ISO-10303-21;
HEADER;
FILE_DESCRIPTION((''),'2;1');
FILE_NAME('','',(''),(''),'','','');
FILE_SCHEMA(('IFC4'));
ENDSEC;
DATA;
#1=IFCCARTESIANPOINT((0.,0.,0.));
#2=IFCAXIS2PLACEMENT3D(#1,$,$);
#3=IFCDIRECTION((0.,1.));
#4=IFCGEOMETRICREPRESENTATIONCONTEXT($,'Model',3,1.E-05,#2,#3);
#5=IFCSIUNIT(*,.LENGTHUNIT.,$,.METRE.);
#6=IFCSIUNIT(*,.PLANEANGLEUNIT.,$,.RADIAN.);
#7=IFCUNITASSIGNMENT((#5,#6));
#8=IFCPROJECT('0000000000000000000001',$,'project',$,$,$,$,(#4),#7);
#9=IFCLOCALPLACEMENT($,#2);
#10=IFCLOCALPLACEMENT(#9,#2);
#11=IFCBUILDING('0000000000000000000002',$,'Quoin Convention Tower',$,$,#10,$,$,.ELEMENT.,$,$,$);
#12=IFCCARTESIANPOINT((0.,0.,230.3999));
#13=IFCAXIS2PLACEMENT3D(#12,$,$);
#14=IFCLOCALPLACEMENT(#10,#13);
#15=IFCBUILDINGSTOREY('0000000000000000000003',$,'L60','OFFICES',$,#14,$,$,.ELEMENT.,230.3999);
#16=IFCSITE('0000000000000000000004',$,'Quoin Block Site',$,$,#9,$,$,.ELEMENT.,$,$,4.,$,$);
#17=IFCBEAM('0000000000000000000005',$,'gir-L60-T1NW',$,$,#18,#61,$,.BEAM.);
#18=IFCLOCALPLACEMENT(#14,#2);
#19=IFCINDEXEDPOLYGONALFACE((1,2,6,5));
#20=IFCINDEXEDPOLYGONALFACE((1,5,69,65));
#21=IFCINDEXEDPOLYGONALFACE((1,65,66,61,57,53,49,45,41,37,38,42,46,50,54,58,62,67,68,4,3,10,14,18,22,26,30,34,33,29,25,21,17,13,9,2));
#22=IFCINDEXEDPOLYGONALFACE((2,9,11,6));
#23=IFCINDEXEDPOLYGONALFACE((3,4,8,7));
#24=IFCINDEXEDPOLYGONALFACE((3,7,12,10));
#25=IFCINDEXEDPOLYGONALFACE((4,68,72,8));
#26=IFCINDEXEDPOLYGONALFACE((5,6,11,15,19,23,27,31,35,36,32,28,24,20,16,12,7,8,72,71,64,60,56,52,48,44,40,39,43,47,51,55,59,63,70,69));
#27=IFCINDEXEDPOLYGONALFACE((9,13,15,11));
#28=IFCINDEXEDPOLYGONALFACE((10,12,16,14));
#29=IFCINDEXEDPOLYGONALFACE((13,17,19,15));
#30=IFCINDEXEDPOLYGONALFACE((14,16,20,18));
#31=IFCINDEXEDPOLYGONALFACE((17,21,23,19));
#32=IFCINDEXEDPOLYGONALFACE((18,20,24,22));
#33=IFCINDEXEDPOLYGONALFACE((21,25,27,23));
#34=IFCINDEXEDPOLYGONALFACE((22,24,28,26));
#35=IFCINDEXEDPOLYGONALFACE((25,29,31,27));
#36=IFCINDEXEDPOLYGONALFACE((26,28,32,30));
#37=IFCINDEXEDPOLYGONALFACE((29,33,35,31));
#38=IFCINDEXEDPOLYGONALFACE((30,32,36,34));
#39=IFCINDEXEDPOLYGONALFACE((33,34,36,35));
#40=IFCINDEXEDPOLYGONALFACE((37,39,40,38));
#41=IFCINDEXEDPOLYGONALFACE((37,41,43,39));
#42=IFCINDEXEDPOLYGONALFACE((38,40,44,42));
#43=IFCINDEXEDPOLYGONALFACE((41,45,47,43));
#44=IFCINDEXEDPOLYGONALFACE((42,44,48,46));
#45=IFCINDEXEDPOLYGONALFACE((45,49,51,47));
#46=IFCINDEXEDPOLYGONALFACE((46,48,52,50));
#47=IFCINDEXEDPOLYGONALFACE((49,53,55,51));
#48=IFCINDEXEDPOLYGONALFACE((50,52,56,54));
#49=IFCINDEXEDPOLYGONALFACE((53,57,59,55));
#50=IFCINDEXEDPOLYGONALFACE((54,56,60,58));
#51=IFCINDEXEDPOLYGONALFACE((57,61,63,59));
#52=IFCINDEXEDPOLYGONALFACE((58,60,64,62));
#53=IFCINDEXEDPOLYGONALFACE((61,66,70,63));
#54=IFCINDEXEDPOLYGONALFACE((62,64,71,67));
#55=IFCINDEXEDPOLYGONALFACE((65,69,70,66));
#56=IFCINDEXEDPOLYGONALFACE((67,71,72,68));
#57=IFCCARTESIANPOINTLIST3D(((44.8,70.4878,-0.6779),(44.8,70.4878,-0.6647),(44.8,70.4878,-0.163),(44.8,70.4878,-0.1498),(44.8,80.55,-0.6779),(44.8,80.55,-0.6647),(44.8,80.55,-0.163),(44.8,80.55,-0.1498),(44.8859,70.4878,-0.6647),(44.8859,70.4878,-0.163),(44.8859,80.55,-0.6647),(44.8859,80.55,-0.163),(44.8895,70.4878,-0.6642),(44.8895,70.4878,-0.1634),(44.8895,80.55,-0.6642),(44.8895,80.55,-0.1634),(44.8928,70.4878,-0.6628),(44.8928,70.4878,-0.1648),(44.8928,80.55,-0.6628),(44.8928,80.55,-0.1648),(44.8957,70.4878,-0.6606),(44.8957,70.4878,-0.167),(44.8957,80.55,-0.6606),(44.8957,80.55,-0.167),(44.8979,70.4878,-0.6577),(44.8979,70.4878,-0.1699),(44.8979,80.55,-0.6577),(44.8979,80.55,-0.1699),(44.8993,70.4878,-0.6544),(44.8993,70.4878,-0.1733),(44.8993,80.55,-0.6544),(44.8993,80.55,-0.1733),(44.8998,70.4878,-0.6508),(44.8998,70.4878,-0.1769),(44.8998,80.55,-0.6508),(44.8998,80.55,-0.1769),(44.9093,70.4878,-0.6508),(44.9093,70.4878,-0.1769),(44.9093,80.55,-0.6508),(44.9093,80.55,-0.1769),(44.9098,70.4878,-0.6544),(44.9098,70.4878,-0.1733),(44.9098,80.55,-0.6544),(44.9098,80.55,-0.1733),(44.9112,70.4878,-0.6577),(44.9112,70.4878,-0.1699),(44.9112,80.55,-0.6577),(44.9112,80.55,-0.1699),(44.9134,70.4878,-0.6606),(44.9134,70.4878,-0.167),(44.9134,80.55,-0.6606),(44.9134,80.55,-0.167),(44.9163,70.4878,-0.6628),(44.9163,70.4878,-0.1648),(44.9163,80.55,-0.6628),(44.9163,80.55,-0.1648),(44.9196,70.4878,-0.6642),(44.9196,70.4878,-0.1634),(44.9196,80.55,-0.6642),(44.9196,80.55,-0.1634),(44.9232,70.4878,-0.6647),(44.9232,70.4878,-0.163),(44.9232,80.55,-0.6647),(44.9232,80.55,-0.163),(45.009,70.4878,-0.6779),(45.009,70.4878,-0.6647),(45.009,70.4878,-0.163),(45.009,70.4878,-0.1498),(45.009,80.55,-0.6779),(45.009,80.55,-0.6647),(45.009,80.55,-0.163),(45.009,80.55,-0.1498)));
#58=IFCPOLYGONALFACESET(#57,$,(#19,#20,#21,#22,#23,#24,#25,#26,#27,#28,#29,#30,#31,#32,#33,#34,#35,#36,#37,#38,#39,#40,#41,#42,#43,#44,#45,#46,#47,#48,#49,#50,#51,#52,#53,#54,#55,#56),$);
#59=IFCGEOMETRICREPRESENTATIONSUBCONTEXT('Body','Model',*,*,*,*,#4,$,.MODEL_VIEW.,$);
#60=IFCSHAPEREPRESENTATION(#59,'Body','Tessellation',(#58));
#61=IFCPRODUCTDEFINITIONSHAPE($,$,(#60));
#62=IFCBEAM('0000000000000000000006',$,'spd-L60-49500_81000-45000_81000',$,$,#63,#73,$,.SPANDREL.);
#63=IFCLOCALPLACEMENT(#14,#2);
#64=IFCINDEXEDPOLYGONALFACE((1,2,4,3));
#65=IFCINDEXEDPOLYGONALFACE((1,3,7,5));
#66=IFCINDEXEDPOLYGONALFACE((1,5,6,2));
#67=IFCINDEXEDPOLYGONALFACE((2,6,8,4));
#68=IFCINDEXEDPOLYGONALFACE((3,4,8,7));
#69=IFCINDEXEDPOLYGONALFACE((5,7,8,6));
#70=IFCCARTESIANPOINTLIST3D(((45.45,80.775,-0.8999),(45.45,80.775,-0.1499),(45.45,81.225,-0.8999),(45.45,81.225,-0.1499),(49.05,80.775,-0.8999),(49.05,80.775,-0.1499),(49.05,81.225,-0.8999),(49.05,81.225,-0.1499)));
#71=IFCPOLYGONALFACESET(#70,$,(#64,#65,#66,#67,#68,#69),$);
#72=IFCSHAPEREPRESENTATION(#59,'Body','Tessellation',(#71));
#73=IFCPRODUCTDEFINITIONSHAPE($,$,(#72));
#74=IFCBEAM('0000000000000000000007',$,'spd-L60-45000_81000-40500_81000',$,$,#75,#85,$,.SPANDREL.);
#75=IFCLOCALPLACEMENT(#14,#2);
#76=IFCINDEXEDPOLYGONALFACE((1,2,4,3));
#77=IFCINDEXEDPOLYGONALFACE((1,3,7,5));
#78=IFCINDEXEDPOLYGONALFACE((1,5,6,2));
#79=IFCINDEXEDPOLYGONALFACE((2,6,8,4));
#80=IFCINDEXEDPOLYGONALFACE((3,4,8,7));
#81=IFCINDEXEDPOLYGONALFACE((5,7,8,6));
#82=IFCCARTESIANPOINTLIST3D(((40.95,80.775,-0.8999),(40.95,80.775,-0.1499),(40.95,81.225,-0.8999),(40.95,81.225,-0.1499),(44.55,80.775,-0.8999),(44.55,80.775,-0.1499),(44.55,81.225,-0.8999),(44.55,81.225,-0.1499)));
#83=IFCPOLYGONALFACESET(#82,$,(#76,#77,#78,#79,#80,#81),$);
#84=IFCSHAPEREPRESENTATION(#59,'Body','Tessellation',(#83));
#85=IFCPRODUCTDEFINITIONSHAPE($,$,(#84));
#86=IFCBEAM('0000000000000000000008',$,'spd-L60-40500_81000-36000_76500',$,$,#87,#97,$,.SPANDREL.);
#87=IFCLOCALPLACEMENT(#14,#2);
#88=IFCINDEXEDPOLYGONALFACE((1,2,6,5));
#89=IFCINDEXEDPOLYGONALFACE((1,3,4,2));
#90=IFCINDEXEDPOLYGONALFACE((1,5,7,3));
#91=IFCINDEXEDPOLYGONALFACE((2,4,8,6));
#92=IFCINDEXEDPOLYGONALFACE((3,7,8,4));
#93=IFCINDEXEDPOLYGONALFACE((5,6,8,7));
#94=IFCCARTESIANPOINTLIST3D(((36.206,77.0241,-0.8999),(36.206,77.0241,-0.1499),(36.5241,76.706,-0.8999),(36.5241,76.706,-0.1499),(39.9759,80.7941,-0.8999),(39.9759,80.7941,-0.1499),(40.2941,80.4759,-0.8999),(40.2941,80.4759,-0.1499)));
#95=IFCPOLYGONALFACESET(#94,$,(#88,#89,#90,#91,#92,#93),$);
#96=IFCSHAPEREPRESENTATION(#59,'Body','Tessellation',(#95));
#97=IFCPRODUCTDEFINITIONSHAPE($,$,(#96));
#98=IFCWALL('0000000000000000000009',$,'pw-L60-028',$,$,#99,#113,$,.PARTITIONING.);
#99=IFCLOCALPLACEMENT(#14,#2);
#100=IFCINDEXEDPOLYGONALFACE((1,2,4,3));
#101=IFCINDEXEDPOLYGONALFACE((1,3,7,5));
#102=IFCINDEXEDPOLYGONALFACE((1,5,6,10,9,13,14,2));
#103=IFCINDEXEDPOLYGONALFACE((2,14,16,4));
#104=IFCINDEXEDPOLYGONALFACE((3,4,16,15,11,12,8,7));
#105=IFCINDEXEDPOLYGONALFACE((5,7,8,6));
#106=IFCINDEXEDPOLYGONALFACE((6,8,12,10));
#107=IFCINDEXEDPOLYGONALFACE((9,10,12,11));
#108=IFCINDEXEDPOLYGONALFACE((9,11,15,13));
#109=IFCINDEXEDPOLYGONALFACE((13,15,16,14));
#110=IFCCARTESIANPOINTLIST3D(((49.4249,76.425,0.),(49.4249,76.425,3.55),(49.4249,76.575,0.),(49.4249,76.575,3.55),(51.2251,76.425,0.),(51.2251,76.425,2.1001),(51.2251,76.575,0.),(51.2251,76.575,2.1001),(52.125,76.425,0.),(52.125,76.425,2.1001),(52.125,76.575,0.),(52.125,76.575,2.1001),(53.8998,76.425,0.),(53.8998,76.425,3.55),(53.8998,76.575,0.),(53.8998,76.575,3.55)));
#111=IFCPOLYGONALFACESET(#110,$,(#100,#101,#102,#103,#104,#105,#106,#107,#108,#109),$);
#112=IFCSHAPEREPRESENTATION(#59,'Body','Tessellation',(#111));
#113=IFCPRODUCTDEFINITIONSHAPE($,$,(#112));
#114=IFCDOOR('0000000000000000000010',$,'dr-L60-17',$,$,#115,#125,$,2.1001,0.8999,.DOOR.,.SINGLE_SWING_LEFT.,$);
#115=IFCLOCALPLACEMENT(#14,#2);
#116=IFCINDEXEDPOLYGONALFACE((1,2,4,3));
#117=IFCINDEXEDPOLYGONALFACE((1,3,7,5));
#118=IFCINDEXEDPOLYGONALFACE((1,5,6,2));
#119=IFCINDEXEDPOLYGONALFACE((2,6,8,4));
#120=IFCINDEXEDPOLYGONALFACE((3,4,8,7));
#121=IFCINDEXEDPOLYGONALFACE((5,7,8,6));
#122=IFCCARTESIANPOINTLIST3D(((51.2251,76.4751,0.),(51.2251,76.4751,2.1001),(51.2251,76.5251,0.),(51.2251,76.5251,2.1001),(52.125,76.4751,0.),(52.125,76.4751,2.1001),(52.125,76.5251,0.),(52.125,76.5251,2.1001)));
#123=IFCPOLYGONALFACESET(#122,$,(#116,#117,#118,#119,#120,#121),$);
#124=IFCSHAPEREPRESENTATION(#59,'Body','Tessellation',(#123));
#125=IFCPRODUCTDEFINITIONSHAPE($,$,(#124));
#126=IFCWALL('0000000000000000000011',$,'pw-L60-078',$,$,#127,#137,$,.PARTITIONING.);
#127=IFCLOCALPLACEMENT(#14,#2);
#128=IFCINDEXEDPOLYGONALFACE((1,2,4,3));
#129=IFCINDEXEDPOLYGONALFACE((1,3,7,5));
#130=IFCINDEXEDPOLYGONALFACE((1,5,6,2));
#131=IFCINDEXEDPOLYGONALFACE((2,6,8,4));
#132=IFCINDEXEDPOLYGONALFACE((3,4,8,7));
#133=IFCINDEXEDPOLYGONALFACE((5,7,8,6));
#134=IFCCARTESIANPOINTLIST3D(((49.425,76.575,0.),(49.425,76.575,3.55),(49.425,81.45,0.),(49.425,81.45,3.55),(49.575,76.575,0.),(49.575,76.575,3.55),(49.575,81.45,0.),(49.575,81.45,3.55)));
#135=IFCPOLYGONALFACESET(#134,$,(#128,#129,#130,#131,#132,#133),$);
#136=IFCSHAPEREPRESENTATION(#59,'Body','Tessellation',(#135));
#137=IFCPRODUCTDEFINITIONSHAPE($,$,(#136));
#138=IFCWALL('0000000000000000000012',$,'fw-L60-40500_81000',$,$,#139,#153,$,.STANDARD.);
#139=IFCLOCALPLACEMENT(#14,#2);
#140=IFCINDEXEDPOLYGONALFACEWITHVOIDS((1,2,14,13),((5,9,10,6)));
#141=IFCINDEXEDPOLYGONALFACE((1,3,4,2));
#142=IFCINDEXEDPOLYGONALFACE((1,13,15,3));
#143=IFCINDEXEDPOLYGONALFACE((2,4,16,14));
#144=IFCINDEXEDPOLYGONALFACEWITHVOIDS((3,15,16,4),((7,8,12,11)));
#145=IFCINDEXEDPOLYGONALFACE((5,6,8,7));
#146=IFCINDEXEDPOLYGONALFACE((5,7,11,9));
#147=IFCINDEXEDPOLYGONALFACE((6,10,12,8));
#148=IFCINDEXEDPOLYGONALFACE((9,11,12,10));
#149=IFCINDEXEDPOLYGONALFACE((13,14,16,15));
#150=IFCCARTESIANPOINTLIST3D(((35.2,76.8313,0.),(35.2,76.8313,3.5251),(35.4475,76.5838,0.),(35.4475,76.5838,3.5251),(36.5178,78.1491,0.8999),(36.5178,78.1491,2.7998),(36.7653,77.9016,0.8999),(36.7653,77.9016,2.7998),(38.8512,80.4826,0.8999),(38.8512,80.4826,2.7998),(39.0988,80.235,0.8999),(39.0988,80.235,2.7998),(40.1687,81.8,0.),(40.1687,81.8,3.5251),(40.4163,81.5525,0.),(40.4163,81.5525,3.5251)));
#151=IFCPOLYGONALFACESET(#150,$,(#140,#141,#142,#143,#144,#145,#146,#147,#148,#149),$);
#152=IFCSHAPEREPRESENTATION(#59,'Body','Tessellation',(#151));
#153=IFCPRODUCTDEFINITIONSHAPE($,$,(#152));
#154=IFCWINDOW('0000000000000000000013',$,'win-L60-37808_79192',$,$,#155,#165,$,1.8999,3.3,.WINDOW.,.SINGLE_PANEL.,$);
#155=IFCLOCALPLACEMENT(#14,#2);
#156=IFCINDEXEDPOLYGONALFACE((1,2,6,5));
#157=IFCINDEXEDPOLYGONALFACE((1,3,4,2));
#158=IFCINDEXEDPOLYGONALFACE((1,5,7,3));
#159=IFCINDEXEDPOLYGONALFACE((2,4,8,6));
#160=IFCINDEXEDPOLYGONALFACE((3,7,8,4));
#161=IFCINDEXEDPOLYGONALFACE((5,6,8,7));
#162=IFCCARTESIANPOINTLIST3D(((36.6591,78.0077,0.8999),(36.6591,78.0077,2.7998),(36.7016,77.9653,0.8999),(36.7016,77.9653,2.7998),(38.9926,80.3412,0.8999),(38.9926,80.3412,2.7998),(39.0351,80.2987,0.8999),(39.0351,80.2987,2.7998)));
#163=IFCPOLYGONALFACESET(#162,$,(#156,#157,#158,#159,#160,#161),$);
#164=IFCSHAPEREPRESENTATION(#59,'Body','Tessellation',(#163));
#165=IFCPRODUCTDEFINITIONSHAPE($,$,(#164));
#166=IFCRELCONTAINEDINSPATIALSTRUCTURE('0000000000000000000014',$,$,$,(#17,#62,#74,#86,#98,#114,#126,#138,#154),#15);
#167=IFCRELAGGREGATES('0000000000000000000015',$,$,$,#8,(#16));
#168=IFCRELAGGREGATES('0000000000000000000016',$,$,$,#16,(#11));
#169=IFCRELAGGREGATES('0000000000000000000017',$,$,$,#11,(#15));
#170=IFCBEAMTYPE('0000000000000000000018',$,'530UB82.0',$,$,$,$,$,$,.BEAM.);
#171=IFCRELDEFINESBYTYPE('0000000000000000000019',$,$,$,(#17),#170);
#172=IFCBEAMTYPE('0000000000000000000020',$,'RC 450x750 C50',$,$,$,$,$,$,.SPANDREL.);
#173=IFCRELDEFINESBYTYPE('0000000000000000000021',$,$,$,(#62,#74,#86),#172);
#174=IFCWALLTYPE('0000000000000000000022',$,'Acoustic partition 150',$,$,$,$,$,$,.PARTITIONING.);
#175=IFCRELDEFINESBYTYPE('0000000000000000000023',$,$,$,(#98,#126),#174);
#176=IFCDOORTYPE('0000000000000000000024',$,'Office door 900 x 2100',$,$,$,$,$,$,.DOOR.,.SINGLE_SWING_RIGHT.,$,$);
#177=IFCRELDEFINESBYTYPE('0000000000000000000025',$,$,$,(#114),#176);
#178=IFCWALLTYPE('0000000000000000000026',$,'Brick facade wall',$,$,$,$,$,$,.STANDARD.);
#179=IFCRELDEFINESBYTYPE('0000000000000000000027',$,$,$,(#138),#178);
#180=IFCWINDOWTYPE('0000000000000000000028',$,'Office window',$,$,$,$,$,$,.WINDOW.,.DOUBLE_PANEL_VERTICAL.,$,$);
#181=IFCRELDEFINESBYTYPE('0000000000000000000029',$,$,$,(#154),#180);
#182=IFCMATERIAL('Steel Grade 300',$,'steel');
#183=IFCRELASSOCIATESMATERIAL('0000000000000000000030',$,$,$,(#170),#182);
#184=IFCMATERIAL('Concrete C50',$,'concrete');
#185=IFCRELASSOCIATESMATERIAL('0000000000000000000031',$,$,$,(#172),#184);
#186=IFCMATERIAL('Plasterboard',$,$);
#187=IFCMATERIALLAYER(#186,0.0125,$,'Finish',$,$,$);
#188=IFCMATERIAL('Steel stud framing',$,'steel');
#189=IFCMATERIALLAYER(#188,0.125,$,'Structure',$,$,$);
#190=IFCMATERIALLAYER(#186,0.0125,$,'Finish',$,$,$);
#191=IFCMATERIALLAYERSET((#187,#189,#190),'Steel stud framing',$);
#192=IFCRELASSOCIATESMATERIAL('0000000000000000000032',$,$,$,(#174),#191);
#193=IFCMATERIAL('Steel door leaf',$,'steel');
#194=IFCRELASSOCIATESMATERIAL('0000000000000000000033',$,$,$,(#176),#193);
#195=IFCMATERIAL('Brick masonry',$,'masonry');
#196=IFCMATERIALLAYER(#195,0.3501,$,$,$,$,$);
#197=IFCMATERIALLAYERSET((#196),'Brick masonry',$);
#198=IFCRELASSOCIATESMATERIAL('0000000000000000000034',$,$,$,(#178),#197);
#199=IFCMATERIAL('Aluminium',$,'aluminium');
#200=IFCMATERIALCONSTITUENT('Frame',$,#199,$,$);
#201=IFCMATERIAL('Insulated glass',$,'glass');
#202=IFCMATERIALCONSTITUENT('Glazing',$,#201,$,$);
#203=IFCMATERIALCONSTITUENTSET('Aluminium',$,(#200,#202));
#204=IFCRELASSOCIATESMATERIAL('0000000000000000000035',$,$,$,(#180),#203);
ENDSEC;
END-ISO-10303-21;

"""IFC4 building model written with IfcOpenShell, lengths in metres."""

from ifc_helpers import new_model, si_unit, direction, frame, frame_2d, origin, origin_2d, place, context, subcontext, project, spatial, rectangle, i_section, extrude, material, layer, layer_set, constituent, constituent_set, material_profile, profile_set, type_object, element, fill, save


model = new_model("IFC4")

# Units and contexts
model_context = context("Model", 3, precision=1e-05, world=origin(), true_north=direction((0.0, 1.0)))
body_context = subcontext(model_context, "Body", "Model", "MODEL_VIEW")
ifc_project = project(units=[si_unit("LENGTHUNIT", "METRE"), si_unit("PLANEANGLEUNIT", "RADIAN")], contexts=[model_context])

# Site, building, storey
site_placement = place(None, origin())
site = spatial("IfcSite", under=ifc_project, at=site_placement, Name="Quoin Block Site", CompositionType="ELEMENT", RefElevation=4.0)
building_placement = place(site_placement, origin())
building = spatial("IfcBuilding", under=site, at=building_placement, Name="Quoin Convention Tower", CompositionType="ELEMENT")
storey_placement = place(building_placement, frame((0.0, 0.0, 230.3999)))
storey = spatial("IfcBuildingStorey", under=building, at=storey_placement, Name="L60", Description="OFFICES", CompositionType="ELEMENT", Elevation=230.3999)

# Shared definitions
ifc_material_1 = material(Name="Concrete C50", Category="concrete")

# Beams
ifc_material_2 = material(Name="Steel Grade 300", Category="steel")
ifc_material_profile_1 = material_profile(ifc_material_2, i_section(OverallWidth=0.209, OverallDepth=0.5281, WebThickness=0.0095, FlangeThickness=0.0132, FilletRadius=0.0139, at=origin_2d()), Name="530UB82.0")
ifc_profile_set_1 = profile_set([ifc_material_profile_1], Name="Steel Grade 300")
beam_type_1 = type_object("IfcBeamType", Name="530UB82.0", PredefinedType="BEAM", material=ifc_profile_set_1)
beam_1_placement = place(storey_placement, frame((44.9045, 80.55, -0.4138), z_axis=(0.0, -1.0, 0.0), x_axis=(1.0, 0.0, 0.0)))
element("IfcBeam", 1, at=beam_1_placement, inside=storey, type_object=beam_type_1, Name="gir-L60-T1NW", PredefinedType="BEAM", context=body_context, shape_type="SweptSolid", body=[
    extrude(i_section(OverallWidth=0.209, OverallDepth=0.5281, WebThickness=0.0095, FlangeThickness=0.0132, FilletRadius=0.0139, at=origin_2d()), origin(), (0.0, 0.0, 1.0), 10.0623),
])
ifc_material_profile_2 = material_profile(ifc_material_1, rectangle(XDim=0.45, YDim=0.75, at=origin_2d()), Name="RC 450x750")
ifc_profile_set_2 = profile_set([ifc_material_profile_2], Name="Concrete C50")
beam_type_2 = type_object("IfcBeamType", Name="RC 450x750 C50", PredefinedType="SPANDREL", material=ifc_profile_set_2)
for number, where, z_axis, x_axis, name in (
    (2, (49.05, 81.0, -0.5249), (-1.0, 0.0, 0.0), (0.0, -1.0, 0.0), "spd-L60-49500_81000-45000_81000"),
    (3, (44.55, 81.0, -0.5249), (-1.0, 0.0, 0.0), (0.0, -1.0, 0.0), "spd-L60-45000_81000-40500_81000"),
):
    element("IfcBeam", number, at=place(storey_placement, frame(where, z_axis=z_axis, x_axis=x_axis)), inside=storey, type_object=beam_type_2, Name=name, PredefinedType="SPANDREL", context=body_context, shape_type="SweptSolid", body=[
        extrude(rectangle(XDim=0.45, YDim=0.75, at=origin_2d()), origin(), (0.0, 0.0, 1.0), 3.6001),
    ])
beam_2_placement = place(storey_placement, frame((40.135, 80.635, -0.5249), z_axis=(-0.707107, -0.707107, 0.0), x_axis=(0.707107, -0.707107, 0.0)))
element("IfcBeam", 4, at=beam_2_placement, inside=storey, type_object=beam_type_2, Name="spd-L60-40500_81000-36000_76500", PredefinedType="SPANDREL", context=body_context, shape_type="SweptSolid", body=[
    extrude(rectangle(XDim=0.45, YDim=0.75, at=origin_2d()), origin(), (0.0, 0.0, 1.0), 5.3315),
])

# Wall, opening, door
ifc_material_3 = material(Name="Plasterboard")
ifc_layer_1 = layer(ifc_material_3, 0.0125, Name="Finish")
ifc_material_4 = material(Name="Steel stud framing", Category="steel")
ifc_layer_2 = layer(ifc_material_4, 0.125, Name="Structure")
ifc_layer_3 = layer(ifc_material_3, 0.0125, Name="Finish")
ifc_layer_set_1 = layer_set([ifc_layer_1, ifc_layer_2, ifc_layer_3], Name="Steel stud framing")
wall_type_1 = type_object("IfcWallType", Name="Acoustic partition 150", PredefinedType="PARTITIONING", material=ifc_layer_set_1)
wall_1_placement = place(storey_placement, frame((49.425, 76.5, 0.0), z_axis=(0.0, 0.0, 1.0), x_axis=(1.0, 0.0, 0.0)))
wall_1 = element("IfcWall", 5, at=wall_1_placement, inside=storey, type_object=wall_type_1, Name="pw-L60-028", PredefinedType="PARTITIONING", context=body_context, shape_type="SweptSolid", body=[
    extrude(rectangle(XDim=4.4749, YDim=0.1499, at=frame_2d((2.2373, 0.0))), origin(), (0.0, 0.0, 1.0), 3.55),
])
opening_1_placement = place(wall_1_placement, frame((1.8, 0.0, 0.0)))
opening_1 = element("IfcOpeningElement", 6, at=opening_1_placement, cuts=wall_1, PredefinedType="OPENING", context=body_context, shape_type="SweptSolid", body=[
    extrude(rectangle(XDim=0.8999, YDim=2.1001, at=frame_2d((0.45, 1.05))), frame((0.0, 0.085, 0.0), z_axis=(0.0, -1.0, 0.0), x_axis=(1.0, 0.0, 0.0)), (0.0, 0.0, 1.0), 0.1699),
])
ifc_material_5 = material(Name="Steel door leaf", Category="steel")
door_type_1 = type_object("IfcDoorType", Name="Office door 900 x 2100", OperationType="SINGLE_SWING_RIGHT", PredefinedType="DOOR", material=ifc_material_5)
door_1_placement = place(opening_1_placement, frame((0.8999, 0.0, 0.0), z_axis=(0.0, 0.0, 1.0), x_axis=(-1.0, 0.0, 0.0)))
door_1 = element("IfcDoor", 7, at=door_1_placement, inside=storey, type_object=door_type_1, Name="dr-L60-17", OperationType="SINGLE_SWING_LEFT", OverallHeight=2.1001, OverallWidth=0.8999, PredefinedType="DOOR", context=body_context, shape_type="SweptSolid", body=[
    extrude(rectangle(XDim=0.8999, YDim=2.1001, at=frame_2d((0.45, 1.05))), frame((0.0, 0.0249, 0.0), z_axis=(0.0, -1.0, 0.0), x_axis=(1.0, 0.0, 0.0)), (0.0, 0.0, 1.0), 0.05),
])
fill(opening_1, door_1)

# Wall
wall_2_placement = place(storey_placement, frame((49.5, 76.575, 0.0), z_axis=(0.0, 0.0, 1.0), x_axis=(0.0, 1.0, 0.0)))
element("IfcWall", 8, at=wall_2_placement, inside=storey, type_object=wall_type_1, Name="pw-L60-078", PredefinedType="PARTITIONING", context=body_context, shape_type="SweptSolid", body=[
    extrude(rectangle(XDim=4.875, YDim=0.1499, at=frame_2d((2.4375, 0.0))), origin(), (0.0, 0.0, 1.0), 3.55),
])

# Wall, opening, window
ifc_material_6 = material(Name="Brick masonry", Category="masonry")
ifc_layer_4 = layer(ifc_material_6, 0.3501)
ifc_layer_set_2 = layer_set([ifc_layer_4], Name="Brick masonry")
wall_type_2 = type_object("IfcWallType", Name="Brick facade wall", PredefinedType="STANDARD", material=ifc_layer_set_2)
wall_3_placement = place(storey_placement, frame((40.2925, 81.6763, 0.0), z_axis=(0.0, 0.0, 1.0), x_axis=(-0.707107, -0.707107, 0.0)))
wall_3 = element("IfcWall", 9, at=wall_3_placement, inside=storey, type_object=wall_type_2, Name="fw-L60-40500_81000", PredefinedType="STANDARD", context=body_context, shape_type="SweptSolid", body=[
    extrude(rectangle(XDim=7.0269, YDim=0.3501, at=frame_2d((3.5134, 0.0))), origin(), (0.0, 0.0, 1.0), 3.5251),
])
opening_2_placement = place(wall_3_placement, frame((1.8633, 0.0, 0.8999)))
opening_2 = element("IfcOpeningElement", 10, at=opening_2_placement, cuts=wall_3, PredefinedType="OPENING", context=body_context, shape_type="SweptSolid", body=[
    extrude(rectangle(XDim=3.3, YDim=1.8999, at=frame_2d((1.6499, 0.95))), frame((0.0, 0.1851, 0.0), z_axis=(0.0, -1.0, 0.0), x_axis=(1.0, 0.0, 0.0)), (0.0, 0.0, 1.0), 0.3701),
])
ifc_material_7 = material(Name="Aluminium", Category="aluminium")
ifc_constituent_1 = constituent(ifc_material_7, Name="Frame")
ifc_material_8 = material(Name="Insulated glass", Category="glass")
ifc_constituent_2 = constituent(ifc_material_8, Name="Glazing")
ifc_constituent_set = constituent_set(constituents=[ifc_constituent_1, ifc_constituent_2], Name="Aluminium")
window_type = type_object("IfcWindowType", Name="Office window", PartitioningType="DOUBLE_PANEL_VERTICAL", PredefinedType="WINDOW", material=ifc_constituent_set)
window_placement = place(opening_2_placement, origin())
window = element("IfcWindow", 11, at=window_placement, inside=storey, type_object=window_type, Name="win-L60-37808_79192", OverallHeight=1.8999, OverallWidth=3.3, PartitioningType="SINGLE_PANEL", PredefinedType="WINDOW", context=body_context, shape_type="SweptSolid", body=[
    extrude(rectangle(XDim=3.3, YDim=1.8999, at=frame_2d((1.6499, 0.95))), frame((0.0, 0.085, 0.0), z_axis=(0.0, -1.0, 0.0), x_axis=(1.0, 0.0, 0.0)), (0.0, 0.0, 1.0), 0.0601),
])
fill(opening_2, window)

save(model, "model.ifc")
